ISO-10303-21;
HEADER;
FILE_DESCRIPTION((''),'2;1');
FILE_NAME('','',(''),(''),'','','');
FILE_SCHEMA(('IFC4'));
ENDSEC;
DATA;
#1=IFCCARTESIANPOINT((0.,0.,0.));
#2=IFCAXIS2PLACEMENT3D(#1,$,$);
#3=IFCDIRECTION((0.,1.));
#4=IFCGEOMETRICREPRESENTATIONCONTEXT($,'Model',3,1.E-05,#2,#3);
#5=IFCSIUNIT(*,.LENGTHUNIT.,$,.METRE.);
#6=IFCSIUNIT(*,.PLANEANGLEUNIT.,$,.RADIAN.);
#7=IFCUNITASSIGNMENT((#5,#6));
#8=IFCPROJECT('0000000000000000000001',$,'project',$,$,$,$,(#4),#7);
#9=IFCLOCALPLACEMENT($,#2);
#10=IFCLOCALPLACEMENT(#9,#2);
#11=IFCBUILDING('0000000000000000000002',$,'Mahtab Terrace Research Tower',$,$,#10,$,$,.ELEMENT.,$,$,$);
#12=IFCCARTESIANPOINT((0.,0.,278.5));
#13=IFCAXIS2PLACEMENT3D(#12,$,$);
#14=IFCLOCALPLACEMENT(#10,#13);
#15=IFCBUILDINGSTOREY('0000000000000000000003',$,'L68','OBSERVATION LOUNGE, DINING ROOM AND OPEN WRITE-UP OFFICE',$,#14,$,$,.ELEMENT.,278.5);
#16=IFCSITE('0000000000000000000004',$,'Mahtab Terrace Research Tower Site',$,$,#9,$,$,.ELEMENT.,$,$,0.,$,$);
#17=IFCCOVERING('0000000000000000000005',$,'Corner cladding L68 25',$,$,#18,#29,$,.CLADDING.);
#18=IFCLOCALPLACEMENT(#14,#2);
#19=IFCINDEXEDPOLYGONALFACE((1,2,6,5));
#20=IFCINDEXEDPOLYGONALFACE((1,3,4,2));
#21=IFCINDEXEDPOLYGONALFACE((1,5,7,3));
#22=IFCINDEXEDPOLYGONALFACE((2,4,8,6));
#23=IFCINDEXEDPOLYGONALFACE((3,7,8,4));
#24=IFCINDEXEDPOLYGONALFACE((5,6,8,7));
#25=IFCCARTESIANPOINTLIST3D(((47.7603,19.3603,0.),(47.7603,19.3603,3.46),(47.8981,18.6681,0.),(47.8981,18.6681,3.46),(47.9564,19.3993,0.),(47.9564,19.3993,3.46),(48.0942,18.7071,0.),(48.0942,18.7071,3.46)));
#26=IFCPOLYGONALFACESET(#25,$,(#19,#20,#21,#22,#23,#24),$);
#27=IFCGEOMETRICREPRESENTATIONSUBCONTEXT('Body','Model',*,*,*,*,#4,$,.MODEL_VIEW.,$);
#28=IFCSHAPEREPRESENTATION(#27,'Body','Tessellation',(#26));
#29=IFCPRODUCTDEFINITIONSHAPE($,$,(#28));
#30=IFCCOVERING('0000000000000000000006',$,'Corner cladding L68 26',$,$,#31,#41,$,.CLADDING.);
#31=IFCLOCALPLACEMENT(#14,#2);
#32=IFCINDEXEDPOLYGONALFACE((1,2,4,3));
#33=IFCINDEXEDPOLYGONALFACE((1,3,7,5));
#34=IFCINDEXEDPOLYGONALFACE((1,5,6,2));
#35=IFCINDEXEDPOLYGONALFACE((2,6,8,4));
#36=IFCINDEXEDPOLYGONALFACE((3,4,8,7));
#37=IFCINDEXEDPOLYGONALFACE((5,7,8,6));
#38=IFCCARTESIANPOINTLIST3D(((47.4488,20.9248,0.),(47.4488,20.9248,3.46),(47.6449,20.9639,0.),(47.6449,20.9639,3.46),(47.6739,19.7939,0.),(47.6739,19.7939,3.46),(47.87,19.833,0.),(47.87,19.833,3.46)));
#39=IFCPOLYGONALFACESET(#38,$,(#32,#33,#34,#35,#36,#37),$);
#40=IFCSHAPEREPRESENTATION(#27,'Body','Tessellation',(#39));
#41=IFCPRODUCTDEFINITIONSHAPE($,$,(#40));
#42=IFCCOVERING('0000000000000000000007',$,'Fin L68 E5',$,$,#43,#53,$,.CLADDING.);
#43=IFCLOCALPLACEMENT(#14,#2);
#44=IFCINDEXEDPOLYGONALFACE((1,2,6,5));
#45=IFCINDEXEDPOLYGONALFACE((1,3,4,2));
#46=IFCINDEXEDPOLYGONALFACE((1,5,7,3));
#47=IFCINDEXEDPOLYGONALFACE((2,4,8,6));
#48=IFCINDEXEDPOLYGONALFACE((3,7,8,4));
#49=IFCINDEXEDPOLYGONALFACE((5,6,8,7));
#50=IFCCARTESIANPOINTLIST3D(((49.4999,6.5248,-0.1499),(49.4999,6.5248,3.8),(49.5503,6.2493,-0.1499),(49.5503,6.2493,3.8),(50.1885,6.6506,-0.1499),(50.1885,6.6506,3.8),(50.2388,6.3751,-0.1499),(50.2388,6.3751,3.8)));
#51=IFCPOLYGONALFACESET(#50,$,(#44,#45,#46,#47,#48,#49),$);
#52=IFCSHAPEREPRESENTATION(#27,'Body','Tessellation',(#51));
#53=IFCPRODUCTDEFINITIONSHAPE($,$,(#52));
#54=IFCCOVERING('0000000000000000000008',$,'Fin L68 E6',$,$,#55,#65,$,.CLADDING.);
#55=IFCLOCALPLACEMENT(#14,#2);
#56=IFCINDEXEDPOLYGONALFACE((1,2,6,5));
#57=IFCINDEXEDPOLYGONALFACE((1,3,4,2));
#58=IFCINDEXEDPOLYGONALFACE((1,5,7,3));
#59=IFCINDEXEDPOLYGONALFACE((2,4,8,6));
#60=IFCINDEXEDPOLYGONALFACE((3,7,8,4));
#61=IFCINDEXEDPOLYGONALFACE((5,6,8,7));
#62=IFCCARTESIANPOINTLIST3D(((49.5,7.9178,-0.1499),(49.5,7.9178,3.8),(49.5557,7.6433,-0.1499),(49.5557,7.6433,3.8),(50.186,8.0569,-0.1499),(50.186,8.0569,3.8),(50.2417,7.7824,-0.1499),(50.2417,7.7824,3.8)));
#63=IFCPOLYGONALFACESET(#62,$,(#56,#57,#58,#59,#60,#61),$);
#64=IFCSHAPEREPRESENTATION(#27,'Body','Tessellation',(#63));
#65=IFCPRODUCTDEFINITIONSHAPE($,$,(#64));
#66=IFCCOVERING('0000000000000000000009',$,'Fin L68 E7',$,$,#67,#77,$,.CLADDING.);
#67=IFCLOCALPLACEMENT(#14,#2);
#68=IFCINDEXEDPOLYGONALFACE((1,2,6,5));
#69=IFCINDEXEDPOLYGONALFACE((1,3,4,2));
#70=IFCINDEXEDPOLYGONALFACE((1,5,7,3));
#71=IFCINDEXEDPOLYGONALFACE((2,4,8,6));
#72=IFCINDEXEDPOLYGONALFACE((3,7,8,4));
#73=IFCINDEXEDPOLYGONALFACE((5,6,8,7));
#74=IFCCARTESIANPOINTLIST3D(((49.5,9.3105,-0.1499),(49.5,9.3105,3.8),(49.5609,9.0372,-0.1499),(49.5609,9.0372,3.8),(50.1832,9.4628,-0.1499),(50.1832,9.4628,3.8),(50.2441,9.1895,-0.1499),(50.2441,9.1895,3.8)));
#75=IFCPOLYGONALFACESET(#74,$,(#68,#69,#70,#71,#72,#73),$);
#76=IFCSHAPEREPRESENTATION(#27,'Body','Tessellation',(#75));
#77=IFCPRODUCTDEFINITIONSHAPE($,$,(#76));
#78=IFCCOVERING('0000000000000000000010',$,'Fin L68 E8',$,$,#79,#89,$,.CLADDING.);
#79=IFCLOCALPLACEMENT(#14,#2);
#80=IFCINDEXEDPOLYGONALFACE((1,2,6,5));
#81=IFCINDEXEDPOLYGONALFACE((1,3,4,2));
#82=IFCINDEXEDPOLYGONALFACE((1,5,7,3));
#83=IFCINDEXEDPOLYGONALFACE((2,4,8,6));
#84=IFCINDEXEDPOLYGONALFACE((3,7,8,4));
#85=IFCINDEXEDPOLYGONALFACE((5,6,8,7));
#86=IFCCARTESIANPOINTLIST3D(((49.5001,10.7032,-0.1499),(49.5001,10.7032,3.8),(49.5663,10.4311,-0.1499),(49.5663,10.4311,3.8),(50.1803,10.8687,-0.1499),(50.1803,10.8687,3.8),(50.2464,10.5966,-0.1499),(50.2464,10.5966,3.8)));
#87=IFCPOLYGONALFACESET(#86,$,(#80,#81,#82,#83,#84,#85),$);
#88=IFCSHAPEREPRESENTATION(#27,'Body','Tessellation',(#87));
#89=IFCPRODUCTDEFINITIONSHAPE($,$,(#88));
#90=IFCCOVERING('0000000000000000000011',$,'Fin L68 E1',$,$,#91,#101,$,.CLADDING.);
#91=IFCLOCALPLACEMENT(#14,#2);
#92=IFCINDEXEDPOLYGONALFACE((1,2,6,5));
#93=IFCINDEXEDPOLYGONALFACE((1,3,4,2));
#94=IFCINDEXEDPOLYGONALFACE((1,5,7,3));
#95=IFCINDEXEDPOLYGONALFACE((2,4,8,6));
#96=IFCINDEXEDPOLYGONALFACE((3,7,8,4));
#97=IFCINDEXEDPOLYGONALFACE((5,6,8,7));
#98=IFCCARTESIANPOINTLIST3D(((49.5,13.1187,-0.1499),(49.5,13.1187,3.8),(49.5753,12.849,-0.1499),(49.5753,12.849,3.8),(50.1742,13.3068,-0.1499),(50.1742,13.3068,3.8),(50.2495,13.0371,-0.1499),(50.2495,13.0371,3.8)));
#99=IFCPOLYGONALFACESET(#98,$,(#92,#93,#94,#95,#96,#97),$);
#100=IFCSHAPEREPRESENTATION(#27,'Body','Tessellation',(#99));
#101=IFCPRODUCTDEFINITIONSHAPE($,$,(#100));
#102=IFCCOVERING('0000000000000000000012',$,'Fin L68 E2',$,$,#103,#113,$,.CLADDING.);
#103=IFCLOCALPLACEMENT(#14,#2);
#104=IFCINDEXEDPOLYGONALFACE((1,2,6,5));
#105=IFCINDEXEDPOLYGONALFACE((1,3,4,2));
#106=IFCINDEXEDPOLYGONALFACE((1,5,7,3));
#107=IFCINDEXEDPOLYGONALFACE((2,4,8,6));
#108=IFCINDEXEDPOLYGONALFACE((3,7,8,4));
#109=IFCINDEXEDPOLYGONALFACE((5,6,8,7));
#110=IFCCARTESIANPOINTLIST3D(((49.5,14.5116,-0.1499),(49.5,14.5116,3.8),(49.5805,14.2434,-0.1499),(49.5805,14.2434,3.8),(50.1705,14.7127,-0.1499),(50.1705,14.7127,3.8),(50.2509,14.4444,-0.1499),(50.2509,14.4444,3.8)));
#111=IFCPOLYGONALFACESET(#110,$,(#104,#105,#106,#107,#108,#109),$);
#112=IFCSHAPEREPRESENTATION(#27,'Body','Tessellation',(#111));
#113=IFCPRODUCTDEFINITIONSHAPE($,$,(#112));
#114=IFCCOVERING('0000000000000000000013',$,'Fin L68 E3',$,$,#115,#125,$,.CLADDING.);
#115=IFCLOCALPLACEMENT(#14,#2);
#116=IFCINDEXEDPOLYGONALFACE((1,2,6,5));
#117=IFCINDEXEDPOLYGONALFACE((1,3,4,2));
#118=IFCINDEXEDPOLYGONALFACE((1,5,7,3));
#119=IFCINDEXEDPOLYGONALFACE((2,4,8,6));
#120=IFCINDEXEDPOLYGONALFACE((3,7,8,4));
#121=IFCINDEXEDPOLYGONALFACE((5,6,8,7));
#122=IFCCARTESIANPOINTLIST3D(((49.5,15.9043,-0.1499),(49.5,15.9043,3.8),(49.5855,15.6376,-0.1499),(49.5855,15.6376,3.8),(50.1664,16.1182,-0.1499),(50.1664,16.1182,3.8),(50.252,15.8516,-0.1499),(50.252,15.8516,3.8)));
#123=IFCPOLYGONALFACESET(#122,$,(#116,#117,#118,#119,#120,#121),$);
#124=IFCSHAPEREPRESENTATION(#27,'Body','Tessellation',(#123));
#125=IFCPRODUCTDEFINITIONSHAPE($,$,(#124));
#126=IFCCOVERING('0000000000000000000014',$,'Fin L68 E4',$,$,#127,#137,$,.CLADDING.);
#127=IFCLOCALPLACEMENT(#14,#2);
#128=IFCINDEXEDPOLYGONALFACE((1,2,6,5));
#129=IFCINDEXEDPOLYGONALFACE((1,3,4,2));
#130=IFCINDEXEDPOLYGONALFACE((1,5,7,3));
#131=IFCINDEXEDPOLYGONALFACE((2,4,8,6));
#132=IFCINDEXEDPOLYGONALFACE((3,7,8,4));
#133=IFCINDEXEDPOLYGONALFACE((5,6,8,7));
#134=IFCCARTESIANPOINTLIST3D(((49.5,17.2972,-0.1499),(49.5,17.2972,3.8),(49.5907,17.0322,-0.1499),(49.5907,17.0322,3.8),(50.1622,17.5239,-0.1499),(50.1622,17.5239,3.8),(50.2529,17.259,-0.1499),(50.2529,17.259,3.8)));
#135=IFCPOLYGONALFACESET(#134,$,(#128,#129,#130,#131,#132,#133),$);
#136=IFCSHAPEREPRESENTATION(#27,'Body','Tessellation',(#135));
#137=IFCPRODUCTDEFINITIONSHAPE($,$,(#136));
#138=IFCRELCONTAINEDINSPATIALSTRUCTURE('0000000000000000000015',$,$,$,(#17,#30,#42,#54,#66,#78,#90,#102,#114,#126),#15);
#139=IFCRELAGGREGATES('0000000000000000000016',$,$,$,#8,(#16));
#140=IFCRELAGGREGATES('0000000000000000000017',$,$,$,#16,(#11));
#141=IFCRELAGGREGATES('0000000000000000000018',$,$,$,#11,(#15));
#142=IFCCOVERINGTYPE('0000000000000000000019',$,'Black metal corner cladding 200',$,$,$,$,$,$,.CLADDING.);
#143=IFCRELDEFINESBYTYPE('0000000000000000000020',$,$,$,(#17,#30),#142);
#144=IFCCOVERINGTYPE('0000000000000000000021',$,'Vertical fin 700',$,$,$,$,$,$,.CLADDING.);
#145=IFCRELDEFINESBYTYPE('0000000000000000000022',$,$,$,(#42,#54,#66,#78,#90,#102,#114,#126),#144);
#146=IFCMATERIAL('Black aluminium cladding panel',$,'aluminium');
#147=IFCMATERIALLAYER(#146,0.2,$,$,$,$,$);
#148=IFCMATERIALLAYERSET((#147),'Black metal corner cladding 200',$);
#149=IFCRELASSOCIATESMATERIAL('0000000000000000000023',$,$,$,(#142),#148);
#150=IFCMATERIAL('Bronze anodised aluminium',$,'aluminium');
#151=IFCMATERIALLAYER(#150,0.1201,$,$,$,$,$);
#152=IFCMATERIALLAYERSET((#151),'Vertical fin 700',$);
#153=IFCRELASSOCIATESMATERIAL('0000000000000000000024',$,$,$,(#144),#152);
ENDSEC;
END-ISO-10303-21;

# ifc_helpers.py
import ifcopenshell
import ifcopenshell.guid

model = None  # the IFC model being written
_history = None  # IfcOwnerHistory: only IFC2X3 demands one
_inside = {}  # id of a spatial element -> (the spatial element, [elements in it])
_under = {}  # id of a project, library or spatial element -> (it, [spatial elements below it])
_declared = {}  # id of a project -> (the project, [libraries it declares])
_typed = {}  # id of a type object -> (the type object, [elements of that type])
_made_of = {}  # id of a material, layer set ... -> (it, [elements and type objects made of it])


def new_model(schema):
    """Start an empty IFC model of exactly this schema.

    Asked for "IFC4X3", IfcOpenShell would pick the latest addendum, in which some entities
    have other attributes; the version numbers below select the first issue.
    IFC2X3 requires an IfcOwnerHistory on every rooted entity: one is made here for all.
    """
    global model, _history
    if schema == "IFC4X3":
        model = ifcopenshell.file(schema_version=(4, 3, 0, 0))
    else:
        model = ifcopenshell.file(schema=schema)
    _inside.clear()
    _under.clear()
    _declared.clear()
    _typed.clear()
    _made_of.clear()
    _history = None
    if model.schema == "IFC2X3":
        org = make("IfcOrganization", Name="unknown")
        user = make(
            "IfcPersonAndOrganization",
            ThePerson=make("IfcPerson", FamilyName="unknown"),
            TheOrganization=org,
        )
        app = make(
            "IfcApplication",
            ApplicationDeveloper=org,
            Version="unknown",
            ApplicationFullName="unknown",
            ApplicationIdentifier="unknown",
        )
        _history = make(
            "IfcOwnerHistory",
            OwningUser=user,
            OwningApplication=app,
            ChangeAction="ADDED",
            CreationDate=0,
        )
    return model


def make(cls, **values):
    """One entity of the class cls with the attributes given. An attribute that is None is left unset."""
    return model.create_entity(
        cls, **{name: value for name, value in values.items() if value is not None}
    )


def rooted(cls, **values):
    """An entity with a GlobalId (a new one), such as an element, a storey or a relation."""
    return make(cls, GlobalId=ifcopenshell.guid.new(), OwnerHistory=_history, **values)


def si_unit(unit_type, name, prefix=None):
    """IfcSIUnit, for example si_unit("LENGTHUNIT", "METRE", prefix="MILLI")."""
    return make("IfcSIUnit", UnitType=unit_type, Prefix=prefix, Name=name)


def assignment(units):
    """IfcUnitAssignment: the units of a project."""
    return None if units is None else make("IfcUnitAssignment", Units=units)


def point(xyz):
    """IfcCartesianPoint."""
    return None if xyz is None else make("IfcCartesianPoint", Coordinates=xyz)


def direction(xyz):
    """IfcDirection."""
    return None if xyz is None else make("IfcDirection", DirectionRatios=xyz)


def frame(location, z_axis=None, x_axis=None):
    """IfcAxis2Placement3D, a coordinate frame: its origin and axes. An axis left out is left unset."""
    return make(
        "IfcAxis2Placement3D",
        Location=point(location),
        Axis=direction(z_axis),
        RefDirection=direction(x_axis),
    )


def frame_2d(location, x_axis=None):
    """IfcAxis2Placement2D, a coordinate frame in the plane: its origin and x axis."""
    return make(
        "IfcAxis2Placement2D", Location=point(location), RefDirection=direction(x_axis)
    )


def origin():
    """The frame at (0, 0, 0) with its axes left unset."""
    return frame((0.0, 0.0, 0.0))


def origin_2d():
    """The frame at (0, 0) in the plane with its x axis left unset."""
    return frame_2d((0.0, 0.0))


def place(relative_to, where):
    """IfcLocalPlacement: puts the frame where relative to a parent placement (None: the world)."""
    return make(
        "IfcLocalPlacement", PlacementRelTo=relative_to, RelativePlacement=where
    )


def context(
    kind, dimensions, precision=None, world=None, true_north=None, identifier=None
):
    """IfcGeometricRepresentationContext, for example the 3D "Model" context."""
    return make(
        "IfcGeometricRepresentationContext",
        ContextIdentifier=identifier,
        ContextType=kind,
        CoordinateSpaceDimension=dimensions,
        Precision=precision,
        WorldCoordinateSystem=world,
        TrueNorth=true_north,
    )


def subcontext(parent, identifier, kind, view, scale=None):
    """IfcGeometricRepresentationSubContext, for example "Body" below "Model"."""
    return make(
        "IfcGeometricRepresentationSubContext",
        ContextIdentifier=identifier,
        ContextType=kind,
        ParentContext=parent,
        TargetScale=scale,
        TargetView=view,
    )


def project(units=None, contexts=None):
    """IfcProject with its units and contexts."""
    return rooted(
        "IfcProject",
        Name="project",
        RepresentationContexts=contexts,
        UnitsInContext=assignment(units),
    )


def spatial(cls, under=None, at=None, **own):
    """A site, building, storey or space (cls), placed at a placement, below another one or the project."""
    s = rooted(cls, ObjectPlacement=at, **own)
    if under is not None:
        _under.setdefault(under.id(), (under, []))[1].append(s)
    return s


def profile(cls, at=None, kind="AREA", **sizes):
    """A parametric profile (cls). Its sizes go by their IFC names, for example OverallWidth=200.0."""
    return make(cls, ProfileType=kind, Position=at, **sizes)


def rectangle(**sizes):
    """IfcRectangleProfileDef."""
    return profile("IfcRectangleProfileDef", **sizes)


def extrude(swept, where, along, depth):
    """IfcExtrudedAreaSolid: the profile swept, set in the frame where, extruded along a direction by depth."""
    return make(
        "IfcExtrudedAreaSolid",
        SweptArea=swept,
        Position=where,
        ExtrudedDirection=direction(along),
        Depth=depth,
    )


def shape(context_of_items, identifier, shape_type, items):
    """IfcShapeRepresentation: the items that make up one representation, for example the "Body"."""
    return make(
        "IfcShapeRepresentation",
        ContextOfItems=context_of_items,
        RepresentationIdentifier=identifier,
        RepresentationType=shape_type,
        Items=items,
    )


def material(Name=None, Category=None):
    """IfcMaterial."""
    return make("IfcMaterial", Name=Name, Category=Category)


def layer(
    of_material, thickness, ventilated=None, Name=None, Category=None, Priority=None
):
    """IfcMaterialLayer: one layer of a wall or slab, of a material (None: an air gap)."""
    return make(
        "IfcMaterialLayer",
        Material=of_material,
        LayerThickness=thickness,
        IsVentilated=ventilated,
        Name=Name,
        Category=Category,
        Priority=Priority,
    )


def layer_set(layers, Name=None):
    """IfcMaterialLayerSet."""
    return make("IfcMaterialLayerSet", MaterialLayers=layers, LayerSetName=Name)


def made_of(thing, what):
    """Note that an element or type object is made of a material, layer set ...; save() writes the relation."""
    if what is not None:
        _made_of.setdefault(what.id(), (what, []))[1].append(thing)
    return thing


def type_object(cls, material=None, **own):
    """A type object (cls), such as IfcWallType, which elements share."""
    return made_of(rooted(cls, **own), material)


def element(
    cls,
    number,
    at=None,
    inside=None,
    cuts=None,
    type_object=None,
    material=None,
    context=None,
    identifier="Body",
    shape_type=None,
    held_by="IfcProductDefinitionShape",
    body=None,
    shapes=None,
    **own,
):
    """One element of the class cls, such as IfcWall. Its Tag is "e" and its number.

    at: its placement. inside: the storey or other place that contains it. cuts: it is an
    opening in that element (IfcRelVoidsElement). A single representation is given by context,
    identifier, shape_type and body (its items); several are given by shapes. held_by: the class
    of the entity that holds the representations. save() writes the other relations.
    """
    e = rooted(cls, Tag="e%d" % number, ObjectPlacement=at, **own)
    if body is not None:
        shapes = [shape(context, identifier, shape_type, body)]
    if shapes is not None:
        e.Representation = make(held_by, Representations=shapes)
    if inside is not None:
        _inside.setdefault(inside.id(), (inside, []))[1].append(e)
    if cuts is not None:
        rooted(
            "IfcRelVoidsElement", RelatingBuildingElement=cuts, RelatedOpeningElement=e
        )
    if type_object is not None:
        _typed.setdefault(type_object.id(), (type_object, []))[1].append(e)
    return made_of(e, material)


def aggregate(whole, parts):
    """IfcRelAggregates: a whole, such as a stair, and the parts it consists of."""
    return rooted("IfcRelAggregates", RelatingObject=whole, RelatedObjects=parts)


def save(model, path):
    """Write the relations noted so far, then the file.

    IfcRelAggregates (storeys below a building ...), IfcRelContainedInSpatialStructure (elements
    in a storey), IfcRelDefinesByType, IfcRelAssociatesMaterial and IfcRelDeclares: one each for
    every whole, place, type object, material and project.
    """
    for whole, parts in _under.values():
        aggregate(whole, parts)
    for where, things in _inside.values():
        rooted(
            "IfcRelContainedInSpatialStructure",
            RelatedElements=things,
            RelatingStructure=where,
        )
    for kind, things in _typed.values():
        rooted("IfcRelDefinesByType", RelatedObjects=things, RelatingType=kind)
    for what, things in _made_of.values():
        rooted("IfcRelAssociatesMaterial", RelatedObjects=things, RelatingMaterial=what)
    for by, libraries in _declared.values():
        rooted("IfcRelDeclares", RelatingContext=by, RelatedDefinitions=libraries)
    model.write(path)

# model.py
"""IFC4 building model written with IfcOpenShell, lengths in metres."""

from ifc_helpers import new_model, si_unit, direction, frame, origin, origin_2d, place, context, subcontext, project, spatial, rectangle, extrude, material, layer, layer_set, type_object, element, save


model = new_model("IFC4")

# Units and contexts
model_context = context("Model", 3, precision=1e-05, world=origin(), true_north=direction((0.0, 1.0)))
body_context = subcontext(model_context, "Body", "Model", "MODEL_VIEW")
ifc_project = project(units=[si_unit("LENGTHUNIT", "METRE"), si_unit("PLANEANGLEUNIT", "RADIAN")], contexts=[model_context])

# Site, building, storey
site_placement = place(None, origin())
site = spatial("IfcSite", under=ifc_project, at=site_placement, Name="Mahtab Terrace Research Tower Site", CompositionType="ELEMENT", RefElevation=0.0)
building_placement = place(site_placement, origin())
building = spatial("IfcBuilding", under=site, at=building_placement, Name="Mahtab Terrace Research Tower", CompositionType="ELEMENT")
storey_placement = place(building_placement, frame((0.0, 0.0, 278.5)))
storey = spatial("IfcBuildingStorey", under=building, at=storey_placement, Name="L68", Description="OBSERVATION LOUNGE, DINING ROOM AND OPEN WRITE-UP OFFICE", CompositionType="ELEMENT", Elevation=278.5)

# Coverings
ifc_material_1 = material(Name="Black aluminium cladding panel", Category="aluminium")
ifc_layer_1 = layer(ifc_material_1, 0.2)
ifc_layer_set_1 = layer_set([ifc_layer_1], Name="Black metal corner cladding 200")
covering_type_1 = type_object("IfcCoveringType", Name="Black metal corner cladding 200", PredefinedType="CLADDING", material=ifc_layer_set_1)
covering_1_placement = place(storey_placement, frame((47.9272, 19.0337, 0.0), z_axis=(0.0, 0.0, 1.0), x_axis=(-0.195212, 0.980761, 0.0)))
element("IfcCovering", 1, at=covering_1_placement, inside=storey, type_object=covering_type_1, Name="Corner cladding L68 25", PredefinedType="CLADDING", context=body_context, shape_type="SweptSolid", body=[
    extrude(rectangle(XDim=0.7058, YDim=0.2, at=origin_2d()), origin(), (0.0, 0.0, 1.0), 3.46),
])
covering_2_placement = place(storey_placement, frame((47.6594, 20.3789, 0.0), z_axis=(0.0, 0.0, 1.0), x_axis=(-0.195212, 0.980761, 0.0)))
element("IfcCovering", 2, at=covering_2_placement, inside=storey, type_object=covering_type_1, Name="Corner cladding L68 26", PredefinedType="CLADDING", context=body_context, shape_type="SweptSolid", body=[
    extrude(rectangle(XDim=1.1531, YDim=0.2, at=origin_2d()), origin(), (0.0, 0.0, 1.0), 3.46),
])
ifc_material_2 = material(Name="Bronze anodised aluminium", Category="aluminium")
ifc_layer_2 = layer(ifc_material_2, 0.1201)
ifc_layer_set_2 = layer_set([ifc_layer_2], Name="Vertical fin 700")
covering_type_2 = type_object("IfcCoveringType", Name="Vertical fin 700", PredefinedType="CLADDING", material=ifc_layer_set_2)
for number, where, z_axis, x_axis, name in (
    (3, (49.8694, 6.45, -0.1499), (0.0, 0.0, 1.0), (-0.17975, 0.983712, 0.0), "Fin L68 E5"),
    (4, (49.8708, 7.8501, -0.1499), (0.0, 0.0, 1.0), (-0.19869, 0.980062, 0.0), "Fin L68 E6"),
    (5, (49.8721, 9.25, -0.1499), (0.0, 0.0, 1.0), (-0.217556, 0.976048, 0.0), "Fin L68 E7"),
    (6, (49.8733, 10.6499, -0.1499), (0.0, 0.0, 1.0), (-0.236341, 0.97167, 0.0), "Fin L68 E8"),
    (7, (49.8748, 13.0779, -0.1499), (0.0, 0.0, 1.0), (-0.268706, 0.963222, 0.0), "Fin L68 E1"),
    (8, (49.8755, 14.478, -0.1499), (0.0, 0.0, 1.0), (-0.287234, 0.95786, 0.0), "Fin L68 E2"),
    (9, (49.876, 15.8779, -0.1499), (0.0, 0.0, 1.0), (-0.305655, 0.952142, 0.0), "Fin L68 E3"),
    (10, (49.8765, 17.2781, -0.1499), (0.0, 0.0, 1.0), (-0.323963, 0.94607, 0.0), "Fin L68 E4"),
):
    element("IfcCovering", number, at=place(storey_placement, frame(where, z_axis=z_axis, x_axis=x_axis)), inside=storey, type_object=covering_type_2, Name=name, PredefinedType="CLADDING", context=body_context, shape_type="SweptSolid", body=[
        extrude(rectangle(XDim=0.28, YDim=0.7, at=origin_2d()), origin(), (0.0, 0.0, 1.0), 3.95),
    ])

save(model, "model.ifc")
